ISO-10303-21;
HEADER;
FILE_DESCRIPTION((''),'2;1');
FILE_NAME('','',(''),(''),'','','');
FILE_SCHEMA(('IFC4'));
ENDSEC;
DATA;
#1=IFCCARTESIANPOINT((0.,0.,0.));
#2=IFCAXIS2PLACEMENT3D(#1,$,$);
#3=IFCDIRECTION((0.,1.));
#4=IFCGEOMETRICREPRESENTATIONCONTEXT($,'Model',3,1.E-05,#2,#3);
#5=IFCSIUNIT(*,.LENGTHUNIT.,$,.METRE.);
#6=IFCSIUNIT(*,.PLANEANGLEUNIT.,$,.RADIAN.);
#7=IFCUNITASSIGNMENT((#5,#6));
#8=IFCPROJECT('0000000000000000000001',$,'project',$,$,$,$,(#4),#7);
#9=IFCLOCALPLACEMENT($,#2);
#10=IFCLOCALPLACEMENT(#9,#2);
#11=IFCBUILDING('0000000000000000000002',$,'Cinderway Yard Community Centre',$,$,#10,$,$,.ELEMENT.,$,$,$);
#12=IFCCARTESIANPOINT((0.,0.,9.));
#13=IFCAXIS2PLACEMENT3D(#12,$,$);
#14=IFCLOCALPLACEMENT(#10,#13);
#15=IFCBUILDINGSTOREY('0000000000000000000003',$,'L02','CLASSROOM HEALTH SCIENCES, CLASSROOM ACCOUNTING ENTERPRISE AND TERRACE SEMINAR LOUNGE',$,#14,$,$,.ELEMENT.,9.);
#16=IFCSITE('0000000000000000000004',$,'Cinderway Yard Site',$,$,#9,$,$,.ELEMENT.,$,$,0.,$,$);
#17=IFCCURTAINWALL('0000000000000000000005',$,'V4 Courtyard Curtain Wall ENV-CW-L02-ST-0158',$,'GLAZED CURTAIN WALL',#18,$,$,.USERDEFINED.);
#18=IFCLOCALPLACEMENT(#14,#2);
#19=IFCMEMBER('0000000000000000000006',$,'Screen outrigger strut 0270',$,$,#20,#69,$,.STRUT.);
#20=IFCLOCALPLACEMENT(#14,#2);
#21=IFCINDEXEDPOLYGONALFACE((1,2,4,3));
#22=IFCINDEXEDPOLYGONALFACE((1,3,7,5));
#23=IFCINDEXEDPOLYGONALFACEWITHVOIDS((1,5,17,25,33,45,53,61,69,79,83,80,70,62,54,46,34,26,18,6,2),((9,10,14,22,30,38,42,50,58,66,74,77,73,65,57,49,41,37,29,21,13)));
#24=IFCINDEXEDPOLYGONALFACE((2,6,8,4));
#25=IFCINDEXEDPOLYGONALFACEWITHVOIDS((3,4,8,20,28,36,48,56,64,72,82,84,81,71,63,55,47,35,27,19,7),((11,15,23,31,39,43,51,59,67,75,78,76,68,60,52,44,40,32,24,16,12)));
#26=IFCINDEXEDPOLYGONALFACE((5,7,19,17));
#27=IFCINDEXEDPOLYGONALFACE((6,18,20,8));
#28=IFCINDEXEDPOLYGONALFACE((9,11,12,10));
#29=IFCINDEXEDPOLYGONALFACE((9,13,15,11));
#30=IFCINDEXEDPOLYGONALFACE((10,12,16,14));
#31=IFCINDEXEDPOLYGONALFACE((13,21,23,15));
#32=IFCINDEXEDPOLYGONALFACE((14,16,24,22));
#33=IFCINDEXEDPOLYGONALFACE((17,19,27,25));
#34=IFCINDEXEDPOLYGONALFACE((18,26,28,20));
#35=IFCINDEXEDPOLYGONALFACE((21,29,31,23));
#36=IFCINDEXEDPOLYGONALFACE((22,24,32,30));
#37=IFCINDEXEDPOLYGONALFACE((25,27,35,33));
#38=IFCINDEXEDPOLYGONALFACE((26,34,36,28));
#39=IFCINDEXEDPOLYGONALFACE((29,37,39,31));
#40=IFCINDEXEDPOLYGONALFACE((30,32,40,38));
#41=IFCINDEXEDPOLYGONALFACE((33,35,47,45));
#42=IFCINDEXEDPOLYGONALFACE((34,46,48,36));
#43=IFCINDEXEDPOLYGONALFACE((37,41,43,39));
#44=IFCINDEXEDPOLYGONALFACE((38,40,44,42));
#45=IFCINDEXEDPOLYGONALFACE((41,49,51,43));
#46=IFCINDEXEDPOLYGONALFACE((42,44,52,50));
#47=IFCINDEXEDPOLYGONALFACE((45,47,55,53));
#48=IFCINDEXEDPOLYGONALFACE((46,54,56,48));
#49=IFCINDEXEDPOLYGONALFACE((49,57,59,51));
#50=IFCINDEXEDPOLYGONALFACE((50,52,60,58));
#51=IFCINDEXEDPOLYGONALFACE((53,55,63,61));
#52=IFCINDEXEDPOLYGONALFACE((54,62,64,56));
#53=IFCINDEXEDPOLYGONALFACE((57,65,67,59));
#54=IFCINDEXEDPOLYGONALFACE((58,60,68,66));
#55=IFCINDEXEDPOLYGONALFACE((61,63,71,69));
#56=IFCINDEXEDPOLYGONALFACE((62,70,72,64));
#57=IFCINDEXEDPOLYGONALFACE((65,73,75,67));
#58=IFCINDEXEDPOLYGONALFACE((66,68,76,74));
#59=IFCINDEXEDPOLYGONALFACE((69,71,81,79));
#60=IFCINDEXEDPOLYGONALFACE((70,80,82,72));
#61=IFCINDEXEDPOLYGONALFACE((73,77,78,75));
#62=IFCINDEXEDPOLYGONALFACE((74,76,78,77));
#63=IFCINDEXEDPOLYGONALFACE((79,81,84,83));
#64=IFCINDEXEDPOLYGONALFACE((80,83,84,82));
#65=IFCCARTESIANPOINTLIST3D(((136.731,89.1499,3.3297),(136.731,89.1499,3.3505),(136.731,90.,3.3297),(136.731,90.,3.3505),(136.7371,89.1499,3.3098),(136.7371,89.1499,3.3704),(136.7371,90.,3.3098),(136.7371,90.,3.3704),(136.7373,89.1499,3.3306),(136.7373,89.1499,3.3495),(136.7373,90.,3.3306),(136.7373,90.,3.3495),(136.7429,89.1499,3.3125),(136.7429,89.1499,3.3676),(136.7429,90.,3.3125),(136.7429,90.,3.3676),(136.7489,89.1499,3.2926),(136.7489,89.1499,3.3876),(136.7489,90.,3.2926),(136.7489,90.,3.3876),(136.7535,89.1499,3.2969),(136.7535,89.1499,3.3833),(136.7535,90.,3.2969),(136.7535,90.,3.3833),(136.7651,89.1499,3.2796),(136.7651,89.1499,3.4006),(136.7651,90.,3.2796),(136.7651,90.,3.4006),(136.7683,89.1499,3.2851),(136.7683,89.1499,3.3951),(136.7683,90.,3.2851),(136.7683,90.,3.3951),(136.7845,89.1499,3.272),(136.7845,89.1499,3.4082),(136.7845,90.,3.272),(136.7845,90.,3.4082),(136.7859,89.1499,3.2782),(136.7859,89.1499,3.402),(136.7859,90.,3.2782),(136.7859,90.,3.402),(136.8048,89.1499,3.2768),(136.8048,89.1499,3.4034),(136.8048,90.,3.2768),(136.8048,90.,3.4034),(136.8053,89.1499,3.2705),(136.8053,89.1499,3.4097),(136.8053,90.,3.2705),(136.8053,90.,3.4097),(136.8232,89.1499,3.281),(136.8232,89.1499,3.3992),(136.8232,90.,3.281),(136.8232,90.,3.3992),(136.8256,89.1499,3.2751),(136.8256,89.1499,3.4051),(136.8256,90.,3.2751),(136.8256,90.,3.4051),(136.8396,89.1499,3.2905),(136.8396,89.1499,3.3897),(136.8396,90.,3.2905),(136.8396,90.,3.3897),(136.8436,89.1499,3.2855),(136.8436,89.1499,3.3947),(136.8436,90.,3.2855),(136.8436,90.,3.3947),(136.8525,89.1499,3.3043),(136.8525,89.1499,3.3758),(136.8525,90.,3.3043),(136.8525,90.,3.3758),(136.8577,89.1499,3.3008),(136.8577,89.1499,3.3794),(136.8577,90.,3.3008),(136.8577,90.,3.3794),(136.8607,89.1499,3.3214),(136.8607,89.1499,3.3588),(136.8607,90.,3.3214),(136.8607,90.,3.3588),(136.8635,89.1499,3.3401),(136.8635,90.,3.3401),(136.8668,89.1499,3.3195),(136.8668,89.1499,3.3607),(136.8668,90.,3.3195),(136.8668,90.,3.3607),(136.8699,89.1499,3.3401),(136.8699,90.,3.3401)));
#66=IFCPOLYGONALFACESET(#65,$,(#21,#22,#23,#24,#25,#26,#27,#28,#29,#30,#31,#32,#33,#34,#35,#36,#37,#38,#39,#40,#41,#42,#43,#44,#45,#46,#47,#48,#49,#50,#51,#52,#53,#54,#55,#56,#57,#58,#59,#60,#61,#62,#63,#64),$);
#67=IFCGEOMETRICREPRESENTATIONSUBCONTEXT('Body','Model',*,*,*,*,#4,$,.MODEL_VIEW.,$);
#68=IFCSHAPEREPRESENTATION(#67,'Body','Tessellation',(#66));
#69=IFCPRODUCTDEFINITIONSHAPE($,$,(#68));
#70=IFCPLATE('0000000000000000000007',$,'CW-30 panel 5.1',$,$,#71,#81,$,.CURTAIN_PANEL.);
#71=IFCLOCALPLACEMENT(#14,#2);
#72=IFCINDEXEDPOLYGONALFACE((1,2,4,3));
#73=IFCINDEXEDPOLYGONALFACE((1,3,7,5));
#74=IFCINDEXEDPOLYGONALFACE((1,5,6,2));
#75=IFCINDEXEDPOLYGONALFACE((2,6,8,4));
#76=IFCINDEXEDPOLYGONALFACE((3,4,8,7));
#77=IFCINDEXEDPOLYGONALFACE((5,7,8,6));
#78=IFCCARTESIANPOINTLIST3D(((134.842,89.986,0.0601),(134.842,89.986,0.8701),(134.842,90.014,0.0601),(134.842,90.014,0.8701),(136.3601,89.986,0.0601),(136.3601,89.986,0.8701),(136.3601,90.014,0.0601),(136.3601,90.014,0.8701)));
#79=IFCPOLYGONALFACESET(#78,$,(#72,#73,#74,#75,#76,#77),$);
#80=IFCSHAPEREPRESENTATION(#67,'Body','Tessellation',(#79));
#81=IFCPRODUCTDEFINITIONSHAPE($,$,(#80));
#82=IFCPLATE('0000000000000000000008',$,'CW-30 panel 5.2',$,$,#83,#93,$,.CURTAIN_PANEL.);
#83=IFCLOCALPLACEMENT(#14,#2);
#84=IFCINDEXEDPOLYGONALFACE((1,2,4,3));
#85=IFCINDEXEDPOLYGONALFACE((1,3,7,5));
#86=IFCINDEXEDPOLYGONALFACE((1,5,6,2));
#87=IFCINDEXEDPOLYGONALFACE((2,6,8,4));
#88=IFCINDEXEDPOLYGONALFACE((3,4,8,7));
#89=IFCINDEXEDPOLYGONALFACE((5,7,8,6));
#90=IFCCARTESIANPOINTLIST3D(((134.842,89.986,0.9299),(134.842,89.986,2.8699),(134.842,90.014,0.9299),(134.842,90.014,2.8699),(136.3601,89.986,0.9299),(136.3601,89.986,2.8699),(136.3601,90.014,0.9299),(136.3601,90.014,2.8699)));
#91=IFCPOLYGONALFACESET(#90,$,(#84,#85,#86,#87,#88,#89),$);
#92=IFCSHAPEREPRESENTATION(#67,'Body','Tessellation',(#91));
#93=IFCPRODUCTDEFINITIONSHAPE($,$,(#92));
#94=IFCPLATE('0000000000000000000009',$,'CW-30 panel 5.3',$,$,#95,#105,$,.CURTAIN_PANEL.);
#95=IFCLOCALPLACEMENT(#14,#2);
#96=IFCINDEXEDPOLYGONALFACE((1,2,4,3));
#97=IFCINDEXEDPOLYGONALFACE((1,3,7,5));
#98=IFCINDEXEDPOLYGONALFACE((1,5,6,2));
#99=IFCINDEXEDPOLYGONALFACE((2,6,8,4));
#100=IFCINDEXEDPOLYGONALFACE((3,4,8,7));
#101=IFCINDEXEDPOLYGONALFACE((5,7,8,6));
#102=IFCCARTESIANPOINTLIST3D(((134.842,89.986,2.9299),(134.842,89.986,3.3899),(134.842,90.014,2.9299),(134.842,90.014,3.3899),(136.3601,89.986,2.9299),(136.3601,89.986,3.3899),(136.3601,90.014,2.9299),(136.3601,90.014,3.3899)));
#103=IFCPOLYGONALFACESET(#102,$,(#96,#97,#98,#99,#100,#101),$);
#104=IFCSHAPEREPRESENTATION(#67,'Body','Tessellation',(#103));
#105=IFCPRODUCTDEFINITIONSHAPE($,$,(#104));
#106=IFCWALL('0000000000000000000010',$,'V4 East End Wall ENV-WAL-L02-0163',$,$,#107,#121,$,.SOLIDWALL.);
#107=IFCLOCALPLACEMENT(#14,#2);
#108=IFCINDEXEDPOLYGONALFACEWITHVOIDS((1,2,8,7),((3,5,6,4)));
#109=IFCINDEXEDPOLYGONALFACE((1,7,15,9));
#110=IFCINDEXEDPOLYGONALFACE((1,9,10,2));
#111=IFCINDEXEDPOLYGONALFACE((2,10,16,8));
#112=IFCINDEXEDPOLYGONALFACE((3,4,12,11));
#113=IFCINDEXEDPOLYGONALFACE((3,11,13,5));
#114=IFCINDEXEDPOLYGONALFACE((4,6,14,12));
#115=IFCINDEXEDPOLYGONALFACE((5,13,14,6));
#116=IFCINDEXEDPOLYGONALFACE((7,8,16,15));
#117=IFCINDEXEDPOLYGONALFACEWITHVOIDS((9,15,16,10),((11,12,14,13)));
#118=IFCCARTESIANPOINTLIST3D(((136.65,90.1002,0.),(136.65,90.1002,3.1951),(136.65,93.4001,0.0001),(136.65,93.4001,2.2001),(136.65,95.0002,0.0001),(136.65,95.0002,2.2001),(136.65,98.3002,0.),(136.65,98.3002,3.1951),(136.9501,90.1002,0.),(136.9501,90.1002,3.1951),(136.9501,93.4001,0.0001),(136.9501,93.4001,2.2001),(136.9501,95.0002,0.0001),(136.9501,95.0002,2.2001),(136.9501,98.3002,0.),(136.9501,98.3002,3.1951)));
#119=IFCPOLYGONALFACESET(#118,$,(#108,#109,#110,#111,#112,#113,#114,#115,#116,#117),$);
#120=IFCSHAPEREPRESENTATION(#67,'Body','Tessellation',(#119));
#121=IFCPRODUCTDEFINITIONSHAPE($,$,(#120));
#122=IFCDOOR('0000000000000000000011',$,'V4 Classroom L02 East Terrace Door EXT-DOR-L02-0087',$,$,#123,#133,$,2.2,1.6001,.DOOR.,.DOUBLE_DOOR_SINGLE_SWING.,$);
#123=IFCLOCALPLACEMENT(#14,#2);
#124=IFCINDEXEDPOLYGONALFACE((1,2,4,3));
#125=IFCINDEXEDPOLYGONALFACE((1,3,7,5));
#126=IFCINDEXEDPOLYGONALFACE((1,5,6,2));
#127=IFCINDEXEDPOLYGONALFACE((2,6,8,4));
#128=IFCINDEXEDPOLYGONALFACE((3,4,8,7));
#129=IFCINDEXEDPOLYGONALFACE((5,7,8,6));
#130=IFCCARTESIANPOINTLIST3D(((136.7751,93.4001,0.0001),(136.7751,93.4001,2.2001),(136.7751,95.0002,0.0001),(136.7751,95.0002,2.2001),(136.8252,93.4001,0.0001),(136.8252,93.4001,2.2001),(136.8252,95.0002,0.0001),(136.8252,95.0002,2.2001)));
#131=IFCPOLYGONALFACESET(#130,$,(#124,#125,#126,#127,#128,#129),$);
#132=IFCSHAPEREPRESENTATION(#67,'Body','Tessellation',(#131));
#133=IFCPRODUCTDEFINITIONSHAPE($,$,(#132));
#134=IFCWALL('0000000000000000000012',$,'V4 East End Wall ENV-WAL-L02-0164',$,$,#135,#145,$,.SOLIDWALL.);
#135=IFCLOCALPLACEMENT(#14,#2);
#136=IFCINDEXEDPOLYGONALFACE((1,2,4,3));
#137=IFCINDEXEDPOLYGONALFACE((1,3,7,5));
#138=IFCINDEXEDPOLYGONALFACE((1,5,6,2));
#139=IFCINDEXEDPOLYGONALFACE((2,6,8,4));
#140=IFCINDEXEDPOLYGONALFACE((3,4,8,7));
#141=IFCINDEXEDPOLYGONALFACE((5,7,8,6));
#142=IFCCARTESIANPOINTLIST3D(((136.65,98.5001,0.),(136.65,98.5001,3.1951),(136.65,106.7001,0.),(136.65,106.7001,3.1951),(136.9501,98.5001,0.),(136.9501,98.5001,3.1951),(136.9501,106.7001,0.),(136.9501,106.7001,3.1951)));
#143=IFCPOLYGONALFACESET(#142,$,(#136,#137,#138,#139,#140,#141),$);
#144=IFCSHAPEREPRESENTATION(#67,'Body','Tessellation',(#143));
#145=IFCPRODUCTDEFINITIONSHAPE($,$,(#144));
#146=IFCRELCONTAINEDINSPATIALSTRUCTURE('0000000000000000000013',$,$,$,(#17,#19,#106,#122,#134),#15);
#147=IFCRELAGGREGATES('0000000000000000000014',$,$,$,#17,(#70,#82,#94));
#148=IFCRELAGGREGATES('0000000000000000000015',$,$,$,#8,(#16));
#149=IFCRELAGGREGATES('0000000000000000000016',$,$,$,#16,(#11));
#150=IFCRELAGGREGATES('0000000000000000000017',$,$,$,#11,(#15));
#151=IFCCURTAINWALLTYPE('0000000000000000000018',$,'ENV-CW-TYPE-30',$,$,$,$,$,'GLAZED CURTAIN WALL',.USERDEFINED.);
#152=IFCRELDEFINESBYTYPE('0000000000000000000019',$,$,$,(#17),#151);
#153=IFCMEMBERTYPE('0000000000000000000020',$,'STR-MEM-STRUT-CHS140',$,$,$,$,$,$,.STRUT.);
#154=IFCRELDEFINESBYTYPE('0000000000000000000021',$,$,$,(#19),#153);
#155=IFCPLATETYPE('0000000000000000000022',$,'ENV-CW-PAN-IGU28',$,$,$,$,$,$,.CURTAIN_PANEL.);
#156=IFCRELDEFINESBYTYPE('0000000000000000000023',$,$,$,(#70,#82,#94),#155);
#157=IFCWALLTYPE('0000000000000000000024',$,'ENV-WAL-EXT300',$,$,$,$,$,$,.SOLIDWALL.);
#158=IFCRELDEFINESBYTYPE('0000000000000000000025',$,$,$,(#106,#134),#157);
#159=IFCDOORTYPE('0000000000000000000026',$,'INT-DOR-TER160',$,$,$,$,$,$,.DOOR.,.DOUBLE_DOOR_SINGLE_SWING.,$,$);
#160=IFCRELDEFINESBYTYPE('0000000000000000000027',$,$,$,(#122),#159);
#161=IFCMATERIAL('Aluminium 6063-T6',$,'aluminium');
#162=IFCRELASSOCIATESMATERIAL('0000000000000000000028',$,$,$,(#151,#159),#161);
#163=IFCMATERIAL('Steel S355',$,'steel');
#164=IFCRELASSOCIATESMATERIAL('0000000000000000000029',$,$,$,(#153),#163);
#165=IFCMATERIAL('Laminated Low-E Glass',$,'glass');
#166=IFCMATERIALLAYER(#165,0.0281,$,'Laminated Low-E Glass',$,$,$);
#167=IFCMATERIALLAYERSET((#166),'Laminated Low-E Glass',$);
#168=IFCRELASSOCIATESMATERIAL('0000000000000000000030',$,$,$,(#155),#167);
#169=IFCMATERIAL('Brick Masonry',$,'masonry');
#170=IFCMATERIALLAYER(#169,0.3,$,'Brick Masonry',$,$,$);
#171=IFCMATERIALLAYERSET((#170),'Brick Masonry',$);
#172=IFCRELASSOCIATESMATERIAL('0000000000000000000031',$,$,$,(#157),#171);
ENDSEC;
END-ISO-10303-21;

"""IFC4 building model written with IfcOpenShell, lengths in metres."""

from ifc_helpers import new_model, si_unit, direction, frame, frame_2d, origin, origin_2d, place, context, subcontext, project, spatial, rectangle, hollow_circle, extrude, material, layer, layer_set, material_profile, profile_set, type_object, element, fill, aggregate, save


model = new_model("IFC4")

# Units and contexts
model_context = context("Model", 3, precision=1e-05, world=origin(), true_north=direction((0.0, 1.0)))
body_context = subcontext(model_context, "Body", "Model", "MODEL_VIEW")
ifc_project = project(units=[si_unit("LENGTHUNIT", "METRE"), si_unit("PLANEANGLEUNIT", "RADIAN")], contexts=[model_context])

# Site, building, storey
site_placement = place(None, origin())
site = spatial("IfcSite", under=ifc_project, at=site_placement, Name="Cinderway Yard Site", CompositionType="ELEMENT", RefElevation=0.0)
building_placement = place(site_placement, origin())
building = spatial("IfcBuilding", under=site, at=building_placement, Name="Cinderway Yard Community Centre", CompositionType="ELEMENT")
storey_placement = place(building_placement, frame((0.0, 0.0, 9.0)))
storey = spatial("IfcBuildingStorey", under=building, at=storey_placement, Name="L02", Description="CLASSROOM HEALTH SCIENCES, CLASSROOM ACCOUNTING ENTERPRISE AND TERRACE SEMINAR LOUNGE", CompositionType="ELEMENT", Elevation=9.0)

# Curtain wall
ifc_material_1 = material(Name="Aluminium 6063-T6", Category="aluminium")
curtain_wall_type = type_object("IfcCurtainWallType", Name="ENV-CW-TYPE-30", ElementType="GLAZED CURTAIN WALL", PredefinedType="USERDEFINED", material=ifc_material_1)
curtain_wall_placement = place(storey_placement, origin())
curtain_wall = element("IfcCurtainWall", 1, at=curtain_wall_placement, inside=storey, type_object=curtain_wall_type, Name="V4 Courtyard Curtain Wall ENV-CW-L02-ST-0158", ObjectType="GLAZED CURTAIN WALL", PredefinedType="USERDEFINED")

# Shared definitions
ifc_material_2 = material(Name="Steel S355", Category="steel")

# Member
ifc_material_profile_1 = material_profile(ifc_material_2, hollow_circle(Radius=0.0698, WallThickness=0.0063, at=origin_2d()), Name="Steel S355")
ifc_profile_set_1 = profile_set([ifc_material_profile_1], Name="Steel S355")
member_type_1 = type_object("IfcMemberType", Name="STR-MEM-STRUT-CHS140", PredefinedType="STRUT", material=ifc_profile_set_1)
for number, where, z_axis, x_axis, name in (
    (2, (136.8, 90.0, 3.3401), (0.0, -1.0, 0.0), (1.0, 0.0, 0.0), "Screen outrigger strut 0270"),
):
    element("IfcMember", number, at=place(storey_placement, frame(where, z_axis=z_axis, x_axis=x_axis)), inside=storey, type_object=member_type_1, Name=name, PredefinedType="STRUT", context=body_context, shape_type="SweptSolid", body=[
        extrude(hollow_circle(Radius=0.0698, WallThickness=0.0063, at=origin_2d()), origin(), (0.0, 0.0, 1.0), 0.8501),
    ])

# Plates
ifc_material_3 = material(Name="Laminated Low-E Glass", Category="glass")
ifc_layer_1 = layer(ifc_material_3, 0.0281, Name="Laminated Low-E Glass")
ifc_layer_set_1 = layer_set([ifc_layer_1], Name="Laminated Low-E Glass")
plate_type = type_object("IfcPlateType", Name="ENV-CW-PAN-IGU28", PredefinedType="CURTAIN_PANEL", material=ifc_layer_set_1)
plate_1_placement = place(storey_placement, frame((135.6011, 90.0, 0.0601), z_axis=(0.0, 0.0, 1.0), x_axis=(1.0, 0.0, 0.0)))
plate_1 = element("IfcPlate", 3, at=plate_1_placement, type_object=plate_type, Name="CW-30 panel 5.1", PredefinedType="CURTAIN_PANEL", context=body_context, shape_type="SweptSolid", body=[
    extrude(rectangle(XDim=1.5181, YDim=0.0281, at=origin_2d()), origin(), (0.0, 0.0, 1.0), 0.8101),
])
plate_2_placement = place(storey_placement, frame((135.6011, 90.0, 0.9299), z_axis=(0.0, 0.0, 1.0), x_axis=(1.0, 0.0, 0.0)))
plate_2 = element("IfcPlate", 4, at=plate_2_placement, type_object=plate_type, Name="CW-30 panel 5.2", PredefinedType="CURTAIN_PANEL", context=body_context, shape_type="SweptSolid", body=[
    extrude(rectangle(XDim=1.5181, YDim=0.0281, at=origin_2d()), origin(), (0.0, 0.0, 1.0), 1.9399),
])
plate_3_placement = place(storey_placement, frame((135.6011, 90.0, 2.9299), z_axis=(0.0, 0.0, 1.0), x_axis=(1.0, 0.0, 0.0)))
plate_3 = element("IfcPlate", 5, at=plate_3_placement, type_object=plate_type, Name="CW-30 panel 5.3", PredefinedType="CURTAIN_PANEL", context=body_context, shape_type="SweptSolid", body=[
    extrude(rectangle(XDim=1.5181, YDim=0.0281, at=origin_2d()), origin(), (0.0, 0.0, 1.0), 0.46),
])
aggregate(curtain_wall, [plate_1, plate_2, plate_3])

# Wall, opening, door
ifc_material_4 = material(Name="Brick Masonry", Category="masonry")
ifc_layer_2 = layer(ifc_material_4, 0.3, Name="Brick Masonry")
ifc_layer_set_2 = layer_set([ifc_layer_2], Name="Brick Masonry")
wall_type = type_object("IfcWallType", Name="ENV-WAL-EXT300", PredefinedType="SOLIDWALL", material=ifc_layer_set_2)
wall_1_placement = place(storey_placement, frame((136.8, 90.1001, 0.0), z_axis=(0.0, 0.0, 1.0), x_axis=(0.0, 1.0, 0.0)))
wall_1 = element("IfcWall", 6, at=wall_1_placement, inside=storey, type_object=wall_type, Name="V4 East End Wall ENV-WAL-L02-0163", PredefinedType="SOLIDWALL", context=body_context, shape_type="SweptSolid", body=[
    extrude(rectangle(XDim=8.2, YDim=0.3, at=frame_2d((4.1001, 0.0))), origin(), (0.0, 0.0, 1.0), 3.1951),
])
opening_placement = place(wall_1_placement, frame((3.3, 0.0, 0.0)))
opening = element("IfcOpeningElement", 7, at=opening_placement, cuts=wall_1, PredefinedType="OPENING", context=body_context, shape_type="SweptSolid", body=[
    extrude(rectangle(XDim=1.6001, YDim=2.2, at=frame_2d((0.8, 1.1001))), frame((0.0, 0.1599, 0.0), z_axis=(0.0, -1.0, 0.0), x_axis=(1.0, 0.0, 0.0)), (0.0, 0.0, 1.0), 0.3201),
])
door_type = type_object("IfcDoorType", Name="INT-DOR-TER160", OperationType="DOUBLE_DOOR_SINGLE_SWING", PredefinedType="DOOR", material=ifc_material_1)
door_placement = place(opening_placement, origin())
door = element("IfcDoor", 8, at=door_placement, inside=storey, type_object=door_type, Name="V4 Classroom L02 East Terrace Door EXT-DOR-L02-0087", OperationType="DOUBLE_DOOR_SINGLE_SWING", OverallHeight=2.2, OverallWidth=1.6001, PredefinedType="DOOR", context=body_context, shape_type="SweptSolid", body=[
    extrude(rectangle(XDim=1.6001, YDim=2.2, at=frame_2d((0.8, 1.1001))), frame((0.0, 0.0249, 0.0), z_axis=(0.0, -1.0, 0.0), x_axis=(1.0, 0.0, 0.0)), (0.0, 0.0, 1.0), 0.05),
])
fill(opening, door)

# Wall
wall_2_placement = place(storey_placement, frame((136.8, 98.5, 0.0), z_axis=(0.0, 0.0, 1.0), x_axis=(0.0, 1.0, 0.0)))
element("IfcWall", 9, at=wall_2_placement, inside=storey, type_object=wall_type, Name="V4 East End Wall ENV-WAL-L02-0164", PredefinedType="SOLIDWALL", context=body_context, shape_type="SweptSolid", body=[
    extrude(rectangle(XDim=8.2, YDim=0.3, at=frame_2d((4.1001, 0.0))), origin(), (0.0, 0.0, 1.0), 3.1951),
])

save(model, "model.ifc")
